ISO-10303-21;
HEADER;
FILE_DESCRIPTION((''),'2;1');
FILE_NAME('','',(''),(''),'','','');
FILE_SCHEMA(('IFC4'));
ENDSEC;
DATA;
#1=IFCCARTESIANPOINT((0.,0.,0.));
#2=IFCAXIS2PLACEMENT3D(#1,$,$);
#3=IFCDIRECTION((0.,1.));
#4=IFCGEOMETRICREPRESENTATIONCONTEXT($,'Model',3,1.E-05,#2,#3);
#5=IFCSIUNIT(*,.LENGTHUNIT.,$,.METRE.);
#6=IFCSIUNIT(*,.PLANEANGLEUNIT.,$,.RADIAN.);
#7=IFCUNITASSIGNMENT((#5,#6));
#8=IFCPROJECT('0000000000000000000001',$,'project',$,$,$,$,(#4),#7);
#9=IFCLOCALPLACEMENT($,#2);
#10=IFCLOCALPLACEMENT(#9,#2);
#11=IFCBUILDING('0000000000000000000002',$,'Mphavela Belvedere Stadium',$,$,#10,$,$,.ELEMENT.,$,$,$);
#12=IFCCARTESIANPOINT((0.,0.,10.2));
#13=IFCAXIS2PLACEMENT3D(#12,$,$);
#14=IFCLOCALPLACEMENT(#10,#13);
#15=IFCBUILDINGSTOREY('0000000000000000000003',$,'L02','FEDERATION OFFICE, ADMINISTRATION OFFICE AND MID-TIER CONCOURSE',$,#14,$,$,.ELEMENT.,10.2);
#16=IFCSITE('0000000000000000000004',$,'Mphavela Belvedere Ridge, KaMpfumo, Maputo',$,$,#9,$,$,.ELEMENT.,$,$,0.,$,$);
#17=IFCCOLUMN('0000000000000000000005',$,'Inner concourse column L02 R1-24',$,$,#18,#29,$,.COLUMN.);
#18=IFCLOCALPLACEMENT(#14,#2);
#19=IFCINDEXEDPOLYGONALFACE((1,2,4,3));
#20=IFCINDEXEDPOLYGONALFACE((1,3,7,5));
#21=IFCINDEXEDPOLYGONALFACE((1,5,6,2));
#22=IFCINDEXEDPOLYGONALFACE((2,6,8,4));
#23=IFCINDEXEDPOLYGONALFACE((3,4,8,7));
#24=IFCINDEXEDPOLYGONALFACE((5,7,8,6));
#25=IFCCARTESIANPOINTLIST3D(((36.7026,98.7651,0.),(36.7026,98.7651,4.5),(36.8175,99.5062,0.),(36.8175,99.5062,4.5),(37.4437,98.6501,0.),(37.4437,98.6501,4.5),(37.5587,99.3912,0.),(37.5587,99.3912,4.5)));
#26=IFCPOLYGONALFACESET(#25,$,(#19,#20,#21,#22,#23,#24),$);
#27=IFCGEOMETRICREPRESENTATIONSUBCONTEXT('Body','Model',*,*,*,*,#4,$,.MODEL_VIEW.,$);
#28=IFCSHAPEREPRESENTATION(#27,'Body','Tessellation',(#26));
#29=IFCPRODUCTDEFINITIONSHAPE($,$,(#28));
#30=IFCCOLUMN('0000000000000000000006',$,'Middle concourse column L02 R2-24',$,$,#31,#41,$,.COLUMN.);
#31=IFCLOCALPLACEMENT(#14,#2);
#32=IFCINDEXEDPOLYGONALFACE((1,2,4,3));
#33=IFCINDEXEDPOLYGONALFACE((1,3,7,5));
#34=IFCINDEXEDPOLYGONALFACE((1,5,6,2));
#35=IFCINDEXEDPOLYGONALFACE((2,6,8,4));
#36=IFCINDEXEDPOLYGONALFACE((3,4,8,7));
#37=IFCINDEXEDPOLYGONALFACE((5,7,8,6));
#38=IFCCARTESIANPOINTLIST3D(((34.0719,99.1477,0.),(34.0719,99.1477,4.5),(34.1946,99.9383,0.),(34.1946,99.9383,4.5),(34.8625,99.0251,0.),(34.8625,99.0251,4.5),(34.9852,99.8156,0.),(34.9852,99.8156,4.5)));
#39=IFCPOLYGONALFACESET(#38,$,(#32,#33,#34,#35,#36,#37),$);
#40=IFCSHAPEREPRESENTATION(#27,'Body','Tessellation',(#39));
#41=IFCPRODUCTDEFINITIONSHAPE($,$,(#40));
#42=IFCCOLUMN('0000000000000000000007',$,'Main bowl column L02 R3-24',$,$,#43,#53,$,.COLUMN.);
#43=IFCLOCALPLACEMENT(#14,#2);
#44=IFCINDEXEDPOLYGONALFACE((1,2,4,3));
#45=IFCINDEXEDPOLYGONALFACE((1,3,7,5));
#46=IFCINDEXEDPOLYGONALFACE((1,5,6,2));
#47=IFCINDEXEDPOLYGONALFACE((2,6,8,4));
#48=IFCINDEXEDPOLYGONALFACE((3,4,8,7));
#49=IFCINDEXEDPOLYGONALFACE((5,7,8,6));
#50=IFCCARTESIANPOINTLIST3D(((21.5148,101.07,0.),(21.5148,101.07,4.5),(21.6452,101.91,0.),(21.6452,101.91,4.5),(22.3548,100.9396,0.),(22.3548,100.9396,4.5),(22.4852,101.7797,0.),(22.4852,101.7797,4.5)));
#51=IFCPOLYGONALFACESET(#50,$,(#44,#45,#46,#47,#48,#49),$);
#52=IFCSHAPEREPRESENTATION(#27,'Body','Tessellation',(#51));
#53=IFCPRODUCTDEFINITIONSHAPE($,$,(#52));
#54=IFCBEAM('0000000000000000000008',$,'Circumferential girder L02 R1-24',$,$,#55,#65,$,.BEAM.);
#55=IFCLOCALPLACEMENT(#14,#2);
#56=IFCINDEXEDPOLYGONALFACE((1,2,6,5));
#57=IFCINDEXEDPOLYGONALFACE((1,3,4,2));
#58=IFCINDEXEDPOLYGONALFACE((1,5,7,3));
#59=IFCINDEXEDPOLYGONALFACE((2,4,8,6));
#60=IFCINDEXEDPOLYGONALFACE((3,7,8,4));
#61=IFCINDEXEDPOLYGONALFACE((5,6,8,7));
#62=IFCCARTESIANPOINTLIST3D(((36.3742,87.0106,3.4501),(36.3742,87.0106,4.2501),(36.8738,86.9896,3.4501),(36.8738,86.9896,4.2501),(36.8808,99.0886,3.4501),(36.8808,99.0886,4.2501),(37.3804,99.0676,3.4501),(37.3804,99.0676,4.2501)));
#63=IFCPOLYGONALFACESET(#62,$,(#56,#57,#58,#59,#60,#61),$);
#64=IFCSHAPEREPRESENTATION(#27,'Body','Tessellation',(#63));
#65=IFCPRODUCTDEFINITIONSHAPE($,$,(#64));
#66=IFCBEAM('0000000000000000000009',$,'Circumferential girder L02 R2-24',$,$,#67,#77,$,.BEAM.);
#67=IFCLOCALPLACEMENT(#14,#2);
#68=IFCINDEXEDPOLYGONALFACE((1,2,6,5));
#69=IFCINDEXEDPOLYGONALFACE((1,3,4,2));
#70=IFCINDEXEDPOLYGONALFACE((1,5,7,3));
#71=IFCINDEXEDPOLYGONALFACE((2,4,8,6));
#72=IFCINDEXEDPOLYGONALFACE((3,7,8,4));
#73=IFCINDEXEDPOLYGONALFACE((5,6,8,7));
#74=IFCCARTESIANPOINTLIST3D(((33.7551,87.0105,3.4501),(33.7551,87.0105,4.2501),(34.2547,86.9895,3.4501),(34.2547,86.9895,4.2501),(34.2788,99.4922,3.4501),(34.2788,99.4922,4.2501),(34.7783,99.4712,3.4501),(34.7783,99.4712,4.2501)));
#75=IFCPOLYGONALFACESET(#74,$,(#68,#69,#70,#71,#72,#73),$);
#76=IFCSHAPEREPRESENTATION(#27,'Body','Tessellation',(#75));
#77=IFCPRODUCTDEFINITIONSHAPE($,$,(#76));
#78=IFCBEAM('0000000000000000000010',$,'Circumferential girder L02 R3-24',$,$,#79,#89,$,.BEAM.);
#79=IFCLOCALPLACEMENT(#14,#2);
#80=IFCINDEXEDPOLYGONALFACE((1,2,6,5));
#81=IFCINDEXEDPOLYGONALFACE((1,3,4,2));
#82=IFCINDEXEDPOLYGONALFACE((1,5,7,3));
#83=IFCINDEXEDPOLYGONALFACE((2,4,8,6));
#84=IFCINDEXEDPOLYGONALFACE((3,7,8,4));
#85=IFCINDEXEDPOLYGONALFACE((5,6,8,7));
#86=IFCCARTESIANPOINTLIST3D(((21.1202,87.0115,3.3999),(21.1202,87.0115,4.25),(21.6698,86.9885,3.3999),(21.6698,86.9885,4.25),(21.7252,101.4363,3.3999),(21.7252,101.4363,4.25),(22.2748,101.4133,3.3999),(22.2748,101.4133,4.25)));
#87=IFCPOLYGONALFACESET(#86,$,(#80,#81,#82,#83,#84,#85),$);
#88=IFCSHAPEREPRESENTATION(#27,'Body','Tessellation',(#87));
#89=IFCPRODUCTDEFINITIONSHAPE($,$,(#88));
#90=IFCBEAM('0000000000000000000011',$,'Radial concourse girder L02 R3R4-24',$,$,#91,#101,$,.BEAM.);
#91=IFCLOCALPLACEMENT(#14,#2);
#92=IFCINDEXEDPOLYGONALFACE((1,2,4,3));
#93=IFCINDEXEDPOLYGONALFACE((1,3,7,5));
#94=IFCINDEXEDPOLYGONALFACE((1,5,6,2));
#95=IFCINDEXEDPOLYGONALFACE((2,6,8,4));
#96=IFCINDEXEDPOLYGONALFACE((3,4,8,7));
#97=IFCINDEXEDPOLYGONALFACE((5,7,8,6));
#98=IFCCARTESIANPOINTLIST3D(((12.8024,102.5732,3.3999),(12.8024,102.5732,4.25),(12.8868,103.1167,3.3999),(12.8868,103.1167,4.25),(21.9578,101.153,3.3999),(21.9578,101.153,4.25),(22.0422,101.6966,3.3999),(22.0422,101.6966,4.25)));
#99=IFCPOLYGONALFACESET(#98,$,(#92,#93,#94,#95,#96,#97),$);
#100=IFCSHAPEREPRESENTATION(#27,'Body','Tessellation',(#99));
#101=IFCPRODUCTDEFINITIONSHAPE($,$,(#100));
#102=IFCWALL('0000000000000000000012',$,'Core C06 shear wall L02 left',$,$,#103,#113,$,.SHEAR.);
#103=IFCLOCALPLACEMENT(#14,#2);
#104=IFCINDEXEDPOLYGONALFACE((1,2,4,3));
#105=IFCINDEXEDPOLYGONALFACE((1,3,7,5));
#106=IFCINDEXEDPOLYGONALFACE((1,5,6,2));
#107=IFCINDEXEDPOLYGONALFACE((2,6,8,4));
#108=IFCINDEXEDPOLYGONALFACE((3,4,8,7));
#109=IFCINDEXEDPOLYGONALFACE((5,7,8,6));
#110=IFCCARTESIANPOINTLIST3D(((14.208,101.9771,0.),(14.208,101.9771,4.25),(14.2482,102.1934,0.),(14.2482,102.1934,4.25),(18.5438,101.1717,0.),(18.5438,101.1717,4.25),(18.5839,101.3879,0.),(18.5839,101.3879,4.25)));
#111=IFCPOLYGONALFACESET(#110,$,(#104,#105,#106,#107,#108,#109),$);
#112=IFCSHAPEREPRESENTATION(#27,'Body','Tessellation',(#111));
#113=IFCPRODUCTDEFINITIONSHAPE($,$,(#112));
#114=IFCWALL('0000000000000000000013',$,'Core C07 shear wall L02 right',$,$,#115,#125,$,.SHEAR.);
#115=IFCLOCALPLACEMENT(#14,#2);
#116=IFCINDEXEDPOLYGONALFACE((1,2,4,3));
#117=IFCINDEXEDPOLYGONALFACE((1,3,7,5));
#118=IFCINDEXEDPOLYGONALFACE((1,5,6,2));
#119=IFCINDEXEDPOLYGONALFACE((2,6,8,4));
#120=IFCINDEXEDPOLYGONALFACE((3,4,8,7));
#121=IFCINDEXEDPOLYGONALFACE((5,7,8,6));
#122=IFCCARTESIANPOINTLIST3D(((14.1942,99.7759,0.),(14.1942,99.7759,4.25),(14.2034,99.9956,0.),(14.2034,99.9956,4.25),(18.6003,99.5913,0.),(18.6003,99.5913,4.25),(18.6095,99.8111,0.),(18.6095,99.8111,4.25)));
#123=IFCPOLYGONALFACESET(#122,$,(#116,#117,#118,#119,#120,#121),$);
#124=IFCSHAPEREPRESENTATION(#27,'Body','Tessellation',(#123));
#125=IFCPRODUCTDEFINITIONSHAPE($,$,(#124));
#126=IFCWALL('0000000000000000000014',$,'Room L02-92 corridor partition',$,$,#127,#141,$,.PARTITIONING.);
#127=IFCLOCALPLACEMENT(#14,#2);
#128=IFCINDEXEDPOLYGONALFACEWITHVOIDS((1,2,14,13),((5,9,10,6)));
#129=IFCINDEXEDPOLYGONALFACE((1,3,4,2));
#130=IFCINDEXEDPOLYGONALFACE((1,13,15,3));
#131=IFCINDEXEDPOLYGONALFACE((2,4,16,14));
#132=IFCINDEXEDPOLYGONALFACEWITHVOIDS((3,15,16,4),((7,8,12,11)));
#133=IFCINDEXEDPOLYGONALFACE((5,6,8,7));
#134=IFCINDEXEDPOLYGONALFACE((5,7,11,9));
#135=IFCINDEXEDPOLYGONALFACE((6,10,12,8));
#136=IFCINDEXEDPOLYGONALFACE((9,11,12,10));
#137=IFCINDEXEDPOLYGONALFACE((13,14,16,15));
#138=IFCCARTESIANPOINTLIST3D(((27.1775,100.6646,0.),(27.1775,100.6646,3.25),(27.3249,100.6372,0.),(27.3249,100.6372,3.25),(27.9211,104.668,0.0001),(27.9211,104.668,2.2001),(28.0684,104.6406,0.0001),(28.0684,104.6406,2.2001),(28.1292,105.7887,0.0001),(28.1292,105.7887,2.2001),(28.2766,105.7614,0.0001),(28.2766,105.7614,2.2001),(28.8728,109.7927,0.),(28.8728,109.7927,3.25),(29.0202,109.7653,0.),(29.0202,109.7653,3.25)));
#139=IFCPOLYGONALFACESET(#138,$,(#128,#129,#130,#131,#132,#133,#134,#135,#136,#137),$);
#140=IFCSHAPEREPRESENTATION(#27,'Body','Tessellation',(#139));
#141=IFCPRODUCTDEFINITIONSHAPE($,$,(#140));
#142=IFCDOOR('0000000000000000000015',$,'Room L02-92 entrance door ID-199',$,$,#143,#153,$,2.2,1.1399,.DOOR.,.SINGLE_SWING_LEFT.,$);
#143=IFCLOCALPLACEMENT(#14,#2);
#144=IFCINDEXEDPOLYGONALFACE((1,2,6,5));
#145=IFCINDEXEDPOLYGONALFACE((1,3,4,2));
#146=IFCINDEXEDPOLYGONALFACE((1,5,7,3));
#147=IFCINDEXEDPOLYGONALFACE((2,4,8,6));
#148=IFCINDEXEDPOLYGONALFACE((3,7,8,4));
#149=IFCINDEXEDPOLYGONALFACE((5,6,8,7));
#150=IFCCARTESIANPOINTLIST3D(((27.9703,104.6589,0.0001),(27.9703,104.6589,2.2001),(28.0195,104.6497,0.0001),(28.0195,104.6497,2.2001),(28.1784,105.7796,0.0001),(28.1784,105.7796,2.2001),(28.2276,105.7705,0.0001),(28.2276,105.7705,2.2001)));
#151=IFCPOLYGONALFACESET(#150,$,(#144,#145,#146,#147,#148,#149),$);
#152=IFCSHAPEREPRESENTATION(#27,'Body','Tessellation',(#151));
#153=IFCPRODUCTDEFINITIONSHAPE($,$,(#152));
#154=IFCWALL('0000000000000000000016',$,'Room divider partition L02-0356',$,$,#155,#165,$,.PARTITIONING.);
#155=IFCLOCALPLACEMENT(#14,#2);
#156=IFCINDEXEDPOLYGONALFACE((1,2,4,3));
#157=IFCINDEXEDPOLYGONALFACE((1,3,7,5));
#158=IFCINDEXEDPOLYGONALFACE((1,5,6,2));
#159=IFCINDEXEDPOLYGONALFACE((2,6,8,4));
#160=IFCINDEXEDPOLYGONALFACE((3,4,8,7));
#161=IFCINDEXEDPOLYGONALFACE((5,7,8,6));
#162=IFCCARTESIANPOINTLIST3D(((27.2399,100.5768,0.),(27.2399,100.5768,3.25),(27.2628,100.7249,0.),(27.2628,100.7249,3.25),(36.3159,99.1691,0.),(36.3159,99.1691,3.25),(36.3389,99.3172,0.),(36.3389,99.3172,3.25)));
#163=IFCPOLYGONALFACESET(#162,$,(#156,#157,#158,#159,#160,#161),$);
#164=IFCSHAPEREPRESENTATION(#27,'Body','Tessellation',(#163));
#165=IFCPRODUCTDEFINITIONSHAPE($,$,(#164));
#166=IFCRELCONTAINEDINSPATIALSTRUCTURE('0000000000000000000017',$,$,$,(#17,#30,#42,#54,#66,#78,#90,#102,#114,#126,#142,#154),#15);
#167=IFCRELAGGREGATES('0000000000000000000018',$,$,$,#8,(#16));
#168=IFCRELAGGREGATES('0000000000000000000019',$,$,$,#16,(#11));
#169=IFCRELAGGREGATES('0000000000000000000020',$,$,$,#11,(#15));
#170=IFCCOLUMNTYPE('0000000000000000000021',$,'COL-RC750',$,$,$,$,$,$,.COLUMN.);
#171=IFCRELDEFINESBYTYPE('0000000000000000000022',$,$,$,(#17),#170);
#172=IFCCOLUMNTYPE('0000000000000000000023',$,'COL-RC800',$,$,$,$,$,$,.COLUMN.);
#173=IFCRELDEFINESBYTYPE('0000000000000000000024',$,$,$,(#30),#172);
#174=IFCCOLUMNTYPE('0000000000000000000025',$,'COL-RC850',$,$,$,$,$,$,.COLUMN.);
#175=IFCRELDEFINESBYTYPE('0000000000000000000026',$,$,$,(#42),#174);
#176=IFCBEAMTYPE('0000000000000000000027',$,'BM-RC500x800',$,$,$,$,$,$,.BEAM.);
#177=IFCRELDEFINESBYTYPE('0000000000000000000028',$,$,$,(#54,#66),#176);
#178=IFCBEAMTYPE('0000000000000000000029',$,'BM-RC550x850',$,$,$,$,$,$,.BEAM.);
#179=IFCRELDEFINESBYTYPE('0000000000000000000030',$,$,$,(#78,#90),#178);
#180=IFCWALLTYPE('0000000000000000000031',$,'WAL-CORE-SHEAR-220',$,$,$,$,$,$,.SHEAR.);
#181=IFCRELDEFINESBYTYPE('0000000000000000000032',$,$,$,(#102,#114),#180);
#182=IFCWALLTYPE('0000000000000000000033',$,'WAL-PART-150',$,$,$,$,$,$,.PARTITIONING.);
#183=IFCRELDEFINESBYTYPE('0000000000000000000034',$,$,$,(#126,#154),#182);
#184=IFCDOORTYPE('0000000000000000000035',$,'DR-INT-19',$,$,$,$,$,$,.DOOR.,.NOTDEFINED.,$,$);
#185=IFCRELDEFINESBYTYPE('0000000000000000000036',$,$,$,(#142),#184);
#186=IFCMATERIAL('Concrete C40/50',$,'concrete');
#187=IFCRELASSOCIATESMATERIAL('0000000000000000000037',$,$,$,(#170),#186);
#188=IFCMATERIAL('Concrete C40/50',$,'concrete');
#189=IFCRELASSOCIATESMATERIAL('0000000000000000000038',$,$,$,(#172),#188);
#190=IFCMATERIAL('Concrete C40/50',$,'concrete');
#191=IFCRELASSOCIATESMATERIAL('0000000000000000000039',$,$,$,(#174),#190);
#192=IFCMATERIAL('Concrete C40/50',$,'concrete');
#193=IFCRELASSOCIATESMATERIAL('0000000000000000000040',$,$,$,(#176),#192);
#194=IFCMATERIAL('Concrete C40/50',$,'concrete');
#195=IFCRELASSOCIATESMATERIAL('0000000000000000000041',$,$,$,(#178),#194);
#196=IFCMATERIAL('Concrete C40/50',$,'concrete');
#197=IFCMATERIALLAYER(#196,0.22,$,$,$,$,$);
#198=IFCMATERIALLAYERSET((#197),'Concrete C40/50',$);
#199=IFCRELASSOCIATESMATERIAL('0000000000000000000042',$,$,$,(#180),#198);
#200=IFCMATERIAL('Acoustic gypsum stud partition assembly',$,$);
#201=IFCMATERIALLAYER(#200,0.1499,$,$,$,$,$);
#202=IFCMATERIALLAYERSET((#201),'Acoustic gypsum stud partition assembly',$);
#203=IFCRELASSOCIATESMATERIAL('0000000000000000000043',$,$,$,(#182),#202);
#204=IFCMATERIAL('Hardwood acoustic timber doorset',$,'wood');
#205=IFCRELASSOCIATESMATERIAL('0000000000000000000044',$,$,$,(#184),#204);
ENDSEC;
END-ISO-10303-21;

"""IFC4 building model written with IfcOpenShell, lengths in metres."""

from ifc_helpers import new_model, si_unit, direction, frame, frame_2d, origin, origin_2d, place, context, subcontext, project, spatial, rectangle, extrude, material, layer, layer_set, material_profile, profile_set, type_object, element, fill, save


model = new_model("IFC4")

# Units and contexts
model_context = context("Model", 3, precision=1e-05, world=origin(), true_north=direction((0.0, 1.0)))
body_context = subcontext(model_context, "Body", "Model", "MODEL_VIEW")
ifc_project = project(units=[si_unit("LENGTHUNIT", "METRE"), si_unit("PLANEANGLEUNIT", "RADIAN")], contexts=[model_context])

# Site, building, storey
site_placement = place(None, origin())
site = spatial("IfcSite", under=ifc_project, at=site_placement, Name="Mphavela Belvedere Ridge, KaMpfumo, Maputo", CompositionType="ELEMENT", RefElevation=0.0)
building_placement = place(site_placement, origin())
building = spatial("IfcBuilding", under=site, at=building_placement, Name="Mphavela Belvedere Stadium", CompositionType="ELEMENT")
storey_placement = place(building_placement, frame((0.0, 0.0, 10.2)))
storey = spatial("IfcBuildingStorey", under=building, at=storey_placement, Name="L02", Description="FEDERATION OFFICE, ADMINISTRATION OFFICE AND MID-TIER CONCOURSE", CompositionType="ELEMENT", Elevation=10.2)

# Columns
ifc_material_1 = material(Name="Concrete C40/50", Category="concrete")
ifc_material_profile_1 = material_profile(ifc_material_1, rectangle(XDim=0.75, YDim=0.75, at=origin_2d()), Name="RC 750x750")
ifc_profile_set_1 = profile_set([ifc_material_profile_1], Name="Concrete C40/50")
column_type_1 = type_object("IfcColumnType", Name="COL-RC750", PredefinedType="COLUMN", material=ifc_profile_set_1)
column_1_placement = place(storey_placement, frame((37.1306, 99.0781, 0.0), z_axis=(0.0, 0.0, 1.0), x_axis=(-0.988175, 0.153331, 0.0)))
element("IfcColumn", 1, at=column_1_placement, inside=storey, type_object=column_type_1, Name="Inner concourse column L02 R1-24", PredefinedType="COLUMN", context=body_context, shape_type="SweptSolid", body=[
    extrude(rectangle(XDim=0.75, YDim=0.75, at=origin_2d()), origin(), (0.0, 0.0, 1.0), 4.5),
])
ifc_material_2 = material(Name="Concrete C40/50", Category="concrete")
ifc_material_profile_2 = material_profile(ifc_material_2, rectangle(XDim=0.8, YDim=0.8, at=origin_2d()), Name="RC 800x800")
ifc_profile_set_2 = profile_set([ifc_material_profile_2], Name="Concrete C40/50")
column_type_2 = type_object("IfcColumnType", Name="COL-RC800", PredefinedType="COLUMN", material=ifc_profile_set_2)
column_2_placement = place(storey_placement, frame((34.5286, 99.4817, 0.0), z_axis=(0.0, 0.0, 1.0), x_axis=(-0.988175, 0.153331, 0.0)))
element("IfcColumn", 2, at=column_2_placement, inside=storey, type_object=column_type_2, Name="Middle concourse column L02 R2-24", PredefinedType="COLUMN", context=body_context, shape_type="SweptSolid", body=[
    extrude(rectangle(XDim=0.8, YDim=0.8, at=origin_2d()), origin(), (0.0, 0.0, 1.0), 4.5),
])
ifc_material_3 = material(Name="Concrete C40/50", Category="concrete")
ifc_material_profile_3 = material_profile(ifc_material_3, rectangle(XDim=0.8501, YDim=0.8501, at=origin_2d()), Name="RC 850x850")
ifc_profile_set_3 = profile_set([ifc_material_profile_3], Name="Concrete C40/50")
column_type_3 = type_object("IfcColumnType", Name="COL-RC850", PredefinedType="COLUMN", material=ifc_profile_set_3)
column_3_placement = place(storey_placement, frame((22.0, 101.4248, 0.0), z_axis=(0.0, 0.0, 1.0), x_axis=(-0.988175, 0.153331, 0.0)))
element("IfcColumn", 3, at=column_3_placement, inside=storey, type_object=column_type_3, Name="Main bowl column L02 R3-24", PredefinedType="COLUMN", context=body_context, shape_type="SweptSolid", body=[
    extrude(rectangle(XDim=0.8501, YDim=0.8501, at=origin_2d()), origin(), (0.0, 0.0, 1.0), 4.5),
])

# Beams
ifc_material_4 = material(Name="Concrete C40/50", Category="concrete")
ifc_material_profile_4 = material_profile(ifc_material_4, rectangle(XDim=0.5, YDim=0.8, at=origin_2d()), Name="RC 500x800")
ifc_profile_set_4 = profile_set([ifc_material_profile_4], Name="Concrete C40/50")
beam_type_1 = type_object("IfcBeamType", Name="BM-RC500x800", PredefinedType="BEAM", material=ifc_profile_set_4)
beam_1_placement = place(storey_placement, frame((37.1306, 99.0781, 3.8501), z_axis=(-0.041906, -0.999122, 0.0), x_axis=(0.999122, -0.041906, 0.0)))
element("IfcBeam", 4, at=beam_1_placement, inside=storey, type_object=beam_type_1, Name="Circumferential girder L02 R1-24", PredefinedType="BEAM", context=body_context, shape_type="SweptSolid", body=[
    extrude(rectangle(XDim=0.5, YDim=0.8, at=origin_2d()), origin(), (0.0, 0.0, 1.0), 12.0886),
])
beam_2_placement = place(storey_placement, frame((34.5286, 99.4817, 3.8501), z_axis=(-0.041919, -0.999121, 0.0), x_axis=(0.999121, -0.041919, 0.0)))
element("IfcBeam", 5, at=beam_2_placement, inside=storey, type_object=beam_type_1, Name="Circumferential girder L02 R2-24", PredefinedType="BEAM", context=body_context, shape_type="SweptSolid", body=[
    extrude(rectangle(XDim=0.5, YDim=0.8, at=origin_2d()), origin(), (0.0, 0.0, 1.0), 12.4927),
])
ifc_material_5 = material(Name="Concrete C40/50", Category="concrete")
ifc_material_profile_5 = material_profile(ifc_material_5, rectangle(XDim=0.55, YDim=0.8501, at=origin_2d()), Name="RC 550x850")
ifc_profile_set_5 = profile_set([ifc_material_profile_5], Name="Concrete C40/50")
beam_type_2 = type_object("IfcBeamType", Name="BM-RC550x850", PredefinedType="BEAM", material=ifc_profile_set_5)
beam_3_placement = place(storey_placement, frame((22.0, 101.4248, 3.825), z_axis=(-0.041903, -0.999122, 0.0), x_axis=(0.999122, -0.041903, 0.0)))
element("IfcBeam", 6, at=beam_3_placement, inside=storey, type_object=beam_type_2, Name="Circumferential girder L02 R3-24", PredefinedType="BEAM", context=body_context, shape_type="SweptSolid", body=[
    extrude(rectangle(XDim=0.55, YDim=0.8501, at=origin_2d()), origin(), (0.0, 0.0, 1.0), 14.4375),
])
beam_4_placement = place(storey_placement, frame((22.0, 101.4248, 3.825), z_axis=(-0.988182, 0.153283, 0.0), x_axis=(-0.153283, -0.988182, 0.0)))
element("IfcBeam", 7, at=beam_4_placement, inside=storey, type_object=beam_type_2, Name="Radial concourse girder L02 R3R4-24", PredefinedType="BEAM", context=body_context, shape_type="SweptSolid", body=[
    extrude(rectangle(XDim=0.55, YDim=0.8501, at=origin_2d()), origin(), (0.0, 0.0, 1.0), 9.2649),
])

# Wall
ifc_material_6 = material(Name="Concrete C40/50", Category="concrete")
ifc_layer_1 = layer(ifc_material_6, 0.22)
ifc_layer_set_1 = layer_set([ifc_layer_1], Name="Concrete C40/50")
wall_type_1 = type_object("IfcWallType", Name="WAL-CORE-SHEAR-220", PredefinedType="SHEAR", material=ifc_layer_set_1)
wall_1_placement = place(storey_placement, frame((18.564, 101.2798, 0.0), z_axis=(0.0, 0.0, 1.0), x_axis=(-0.98318, 0.18264, 0.0)))
element("IfcWall", 8, at=wall_1_placement, inside=storey, type_object=wall_type_1, Name="Core C06 shear wall L02 left", PredefinedType="SHEAR", context=body_context, shape_type="SweptSolid", body=[
    extrude(rectangle(XDim=4.4099, YDim=0.22, at=frame_2d((2.2051, 0.0))), origin(), (0.0, 0.0, 1.0), 4.25),
])

# Wall
wall_2_placement = place(storey_placement, frame((18.605, 99.7012, 0.0), z_axis=(0.0, 0.0, 1.0), x_axis=(-0.999124, 0.041854, 0.0)))
element("IfcWall", 9, at=wall_2_placement, inside=storey, type_object=wall_type_1, Name="Core C07 shear wall L02 right", PredefinedType="SHEAR", context=body_context, shape_type="SweptSolid", body=[
    extrude(rectangle(XDim=4.4099, YDim=0.22, at=frame_2d((2.2051, 0.0))), origin(), (0.0, 0.0, 1.0), 4.25),
])

# Wall, opening, door
ifc_material_7 = material(Name="Acoustic gypsum stud partition assembly")
ifc_layer_2 = layer(ifc_material_7, 0.1499)
ifc_layer_set_2 = layer_set([ifc_layer_2], Name="Acoustic gypsum stud partition assembly")
wall_type_2 = type_object("IfcWallType", Name="WAL-PART-150", PredefinedType="PARTITIONING", material=ifc_layer_set_2)
wall_3_placement = place(storey_placement, frame((27.2512, 100.6509, 0.0), z_axis=(0.0, 0.0, 1.0), x_axis=(0.182601, 0.983187, 0.0)))
wall_3 = element("IfcWall", 10, at=wall_3_placement, inside=storey, type_object=wall_type_2, Name="Room L02-92 corridor partition", PredefinedType="PARTITIONING", context=body_context, shape_type="SweptSolid", body=[
    extrude(rectangle(XDim=9.2842, YDim=0.1499, at=frame_2d((4.6421, 0.0))), origin(), (0.0, 0.0, 1.0), 3.25),
])
opening_1_placement = place(wall_3_placement, frame((4.072, 0.0, 0.0)))
opening_1 = element("IfcOpeningElement", 11, at=opening_1_placement, cuts=wall_3, PredefinedType="OPENING", context=body_context, shape_type="SweptSolid", body=[
    extrude(rectangle(XDim=1.1399, YDim=2.2, at=frame_2d((0.5698, 1.1001))), frame((0.0, 0.085, 0.0), z_axis=(0.0, -1.0, 0.0), x_axis=(1.0, 0.0, 0.0)), (0.0, 0.0, 1.0), 0.1699),
])
ifc_material_8 = material(Name="Hardwood acoustic timber doorset", Category="wood")
door_type_1 = type_object("IfcDoorType", Name="DR-INT-19", OperationType="NOTDEFINED", PredefinedType="DOOR", material=ifc_material_8)
door_1_placement = place(opening_1_placement, origin())
door_1 = element("IfcDoor", 12, at=door_1_placement, inside=storey, type_object=door_type_1, Name="Room L02-92 entrance door ID-199", OperationType="SINGLE_SWING_LEFT", OverallHeight=2.2, OverallWidth=1.1399, PredefinedType="DOOR", context=body_context, shape_type="SweptSolid", body=[
    extrude(rectangle(XDim=1.1399, YDim=2.2, at=frame_2d((0.5698, 1.1001))), frame((0.0, 0.0249, 0.0), z_axis=(0.0, -1.0, 0.0), x_axis=(1.0, 0.0, 0.0)), (0.0, 0.0, 1.0), 0.05),
])
fill(opening_1, door_1)

# Wall
wall_4_placement = place(storey_placement, frame((36.3274, 99.2432, 0.0), z_axis=(0.0, 0.0, 1.0), x_axis=(-0.988185, 0.153268, 0.0)))
element("IfcWall", 13, at=wall_4_placement, inside=storey, type_object=wall_type_2, Name="Room divider partition L02-0356", PredefinedType="PARTITIONING", context=body_context, shape_type="SweptSolid", body=[
    extrude(rectangle(XDim=9.1846, YDim=0.1499, at=frame_2d((4.5923, 0.0))), origin(), (0.0, 0.0, 1.0), 3.25),
])

save(model, "model.ifc")
